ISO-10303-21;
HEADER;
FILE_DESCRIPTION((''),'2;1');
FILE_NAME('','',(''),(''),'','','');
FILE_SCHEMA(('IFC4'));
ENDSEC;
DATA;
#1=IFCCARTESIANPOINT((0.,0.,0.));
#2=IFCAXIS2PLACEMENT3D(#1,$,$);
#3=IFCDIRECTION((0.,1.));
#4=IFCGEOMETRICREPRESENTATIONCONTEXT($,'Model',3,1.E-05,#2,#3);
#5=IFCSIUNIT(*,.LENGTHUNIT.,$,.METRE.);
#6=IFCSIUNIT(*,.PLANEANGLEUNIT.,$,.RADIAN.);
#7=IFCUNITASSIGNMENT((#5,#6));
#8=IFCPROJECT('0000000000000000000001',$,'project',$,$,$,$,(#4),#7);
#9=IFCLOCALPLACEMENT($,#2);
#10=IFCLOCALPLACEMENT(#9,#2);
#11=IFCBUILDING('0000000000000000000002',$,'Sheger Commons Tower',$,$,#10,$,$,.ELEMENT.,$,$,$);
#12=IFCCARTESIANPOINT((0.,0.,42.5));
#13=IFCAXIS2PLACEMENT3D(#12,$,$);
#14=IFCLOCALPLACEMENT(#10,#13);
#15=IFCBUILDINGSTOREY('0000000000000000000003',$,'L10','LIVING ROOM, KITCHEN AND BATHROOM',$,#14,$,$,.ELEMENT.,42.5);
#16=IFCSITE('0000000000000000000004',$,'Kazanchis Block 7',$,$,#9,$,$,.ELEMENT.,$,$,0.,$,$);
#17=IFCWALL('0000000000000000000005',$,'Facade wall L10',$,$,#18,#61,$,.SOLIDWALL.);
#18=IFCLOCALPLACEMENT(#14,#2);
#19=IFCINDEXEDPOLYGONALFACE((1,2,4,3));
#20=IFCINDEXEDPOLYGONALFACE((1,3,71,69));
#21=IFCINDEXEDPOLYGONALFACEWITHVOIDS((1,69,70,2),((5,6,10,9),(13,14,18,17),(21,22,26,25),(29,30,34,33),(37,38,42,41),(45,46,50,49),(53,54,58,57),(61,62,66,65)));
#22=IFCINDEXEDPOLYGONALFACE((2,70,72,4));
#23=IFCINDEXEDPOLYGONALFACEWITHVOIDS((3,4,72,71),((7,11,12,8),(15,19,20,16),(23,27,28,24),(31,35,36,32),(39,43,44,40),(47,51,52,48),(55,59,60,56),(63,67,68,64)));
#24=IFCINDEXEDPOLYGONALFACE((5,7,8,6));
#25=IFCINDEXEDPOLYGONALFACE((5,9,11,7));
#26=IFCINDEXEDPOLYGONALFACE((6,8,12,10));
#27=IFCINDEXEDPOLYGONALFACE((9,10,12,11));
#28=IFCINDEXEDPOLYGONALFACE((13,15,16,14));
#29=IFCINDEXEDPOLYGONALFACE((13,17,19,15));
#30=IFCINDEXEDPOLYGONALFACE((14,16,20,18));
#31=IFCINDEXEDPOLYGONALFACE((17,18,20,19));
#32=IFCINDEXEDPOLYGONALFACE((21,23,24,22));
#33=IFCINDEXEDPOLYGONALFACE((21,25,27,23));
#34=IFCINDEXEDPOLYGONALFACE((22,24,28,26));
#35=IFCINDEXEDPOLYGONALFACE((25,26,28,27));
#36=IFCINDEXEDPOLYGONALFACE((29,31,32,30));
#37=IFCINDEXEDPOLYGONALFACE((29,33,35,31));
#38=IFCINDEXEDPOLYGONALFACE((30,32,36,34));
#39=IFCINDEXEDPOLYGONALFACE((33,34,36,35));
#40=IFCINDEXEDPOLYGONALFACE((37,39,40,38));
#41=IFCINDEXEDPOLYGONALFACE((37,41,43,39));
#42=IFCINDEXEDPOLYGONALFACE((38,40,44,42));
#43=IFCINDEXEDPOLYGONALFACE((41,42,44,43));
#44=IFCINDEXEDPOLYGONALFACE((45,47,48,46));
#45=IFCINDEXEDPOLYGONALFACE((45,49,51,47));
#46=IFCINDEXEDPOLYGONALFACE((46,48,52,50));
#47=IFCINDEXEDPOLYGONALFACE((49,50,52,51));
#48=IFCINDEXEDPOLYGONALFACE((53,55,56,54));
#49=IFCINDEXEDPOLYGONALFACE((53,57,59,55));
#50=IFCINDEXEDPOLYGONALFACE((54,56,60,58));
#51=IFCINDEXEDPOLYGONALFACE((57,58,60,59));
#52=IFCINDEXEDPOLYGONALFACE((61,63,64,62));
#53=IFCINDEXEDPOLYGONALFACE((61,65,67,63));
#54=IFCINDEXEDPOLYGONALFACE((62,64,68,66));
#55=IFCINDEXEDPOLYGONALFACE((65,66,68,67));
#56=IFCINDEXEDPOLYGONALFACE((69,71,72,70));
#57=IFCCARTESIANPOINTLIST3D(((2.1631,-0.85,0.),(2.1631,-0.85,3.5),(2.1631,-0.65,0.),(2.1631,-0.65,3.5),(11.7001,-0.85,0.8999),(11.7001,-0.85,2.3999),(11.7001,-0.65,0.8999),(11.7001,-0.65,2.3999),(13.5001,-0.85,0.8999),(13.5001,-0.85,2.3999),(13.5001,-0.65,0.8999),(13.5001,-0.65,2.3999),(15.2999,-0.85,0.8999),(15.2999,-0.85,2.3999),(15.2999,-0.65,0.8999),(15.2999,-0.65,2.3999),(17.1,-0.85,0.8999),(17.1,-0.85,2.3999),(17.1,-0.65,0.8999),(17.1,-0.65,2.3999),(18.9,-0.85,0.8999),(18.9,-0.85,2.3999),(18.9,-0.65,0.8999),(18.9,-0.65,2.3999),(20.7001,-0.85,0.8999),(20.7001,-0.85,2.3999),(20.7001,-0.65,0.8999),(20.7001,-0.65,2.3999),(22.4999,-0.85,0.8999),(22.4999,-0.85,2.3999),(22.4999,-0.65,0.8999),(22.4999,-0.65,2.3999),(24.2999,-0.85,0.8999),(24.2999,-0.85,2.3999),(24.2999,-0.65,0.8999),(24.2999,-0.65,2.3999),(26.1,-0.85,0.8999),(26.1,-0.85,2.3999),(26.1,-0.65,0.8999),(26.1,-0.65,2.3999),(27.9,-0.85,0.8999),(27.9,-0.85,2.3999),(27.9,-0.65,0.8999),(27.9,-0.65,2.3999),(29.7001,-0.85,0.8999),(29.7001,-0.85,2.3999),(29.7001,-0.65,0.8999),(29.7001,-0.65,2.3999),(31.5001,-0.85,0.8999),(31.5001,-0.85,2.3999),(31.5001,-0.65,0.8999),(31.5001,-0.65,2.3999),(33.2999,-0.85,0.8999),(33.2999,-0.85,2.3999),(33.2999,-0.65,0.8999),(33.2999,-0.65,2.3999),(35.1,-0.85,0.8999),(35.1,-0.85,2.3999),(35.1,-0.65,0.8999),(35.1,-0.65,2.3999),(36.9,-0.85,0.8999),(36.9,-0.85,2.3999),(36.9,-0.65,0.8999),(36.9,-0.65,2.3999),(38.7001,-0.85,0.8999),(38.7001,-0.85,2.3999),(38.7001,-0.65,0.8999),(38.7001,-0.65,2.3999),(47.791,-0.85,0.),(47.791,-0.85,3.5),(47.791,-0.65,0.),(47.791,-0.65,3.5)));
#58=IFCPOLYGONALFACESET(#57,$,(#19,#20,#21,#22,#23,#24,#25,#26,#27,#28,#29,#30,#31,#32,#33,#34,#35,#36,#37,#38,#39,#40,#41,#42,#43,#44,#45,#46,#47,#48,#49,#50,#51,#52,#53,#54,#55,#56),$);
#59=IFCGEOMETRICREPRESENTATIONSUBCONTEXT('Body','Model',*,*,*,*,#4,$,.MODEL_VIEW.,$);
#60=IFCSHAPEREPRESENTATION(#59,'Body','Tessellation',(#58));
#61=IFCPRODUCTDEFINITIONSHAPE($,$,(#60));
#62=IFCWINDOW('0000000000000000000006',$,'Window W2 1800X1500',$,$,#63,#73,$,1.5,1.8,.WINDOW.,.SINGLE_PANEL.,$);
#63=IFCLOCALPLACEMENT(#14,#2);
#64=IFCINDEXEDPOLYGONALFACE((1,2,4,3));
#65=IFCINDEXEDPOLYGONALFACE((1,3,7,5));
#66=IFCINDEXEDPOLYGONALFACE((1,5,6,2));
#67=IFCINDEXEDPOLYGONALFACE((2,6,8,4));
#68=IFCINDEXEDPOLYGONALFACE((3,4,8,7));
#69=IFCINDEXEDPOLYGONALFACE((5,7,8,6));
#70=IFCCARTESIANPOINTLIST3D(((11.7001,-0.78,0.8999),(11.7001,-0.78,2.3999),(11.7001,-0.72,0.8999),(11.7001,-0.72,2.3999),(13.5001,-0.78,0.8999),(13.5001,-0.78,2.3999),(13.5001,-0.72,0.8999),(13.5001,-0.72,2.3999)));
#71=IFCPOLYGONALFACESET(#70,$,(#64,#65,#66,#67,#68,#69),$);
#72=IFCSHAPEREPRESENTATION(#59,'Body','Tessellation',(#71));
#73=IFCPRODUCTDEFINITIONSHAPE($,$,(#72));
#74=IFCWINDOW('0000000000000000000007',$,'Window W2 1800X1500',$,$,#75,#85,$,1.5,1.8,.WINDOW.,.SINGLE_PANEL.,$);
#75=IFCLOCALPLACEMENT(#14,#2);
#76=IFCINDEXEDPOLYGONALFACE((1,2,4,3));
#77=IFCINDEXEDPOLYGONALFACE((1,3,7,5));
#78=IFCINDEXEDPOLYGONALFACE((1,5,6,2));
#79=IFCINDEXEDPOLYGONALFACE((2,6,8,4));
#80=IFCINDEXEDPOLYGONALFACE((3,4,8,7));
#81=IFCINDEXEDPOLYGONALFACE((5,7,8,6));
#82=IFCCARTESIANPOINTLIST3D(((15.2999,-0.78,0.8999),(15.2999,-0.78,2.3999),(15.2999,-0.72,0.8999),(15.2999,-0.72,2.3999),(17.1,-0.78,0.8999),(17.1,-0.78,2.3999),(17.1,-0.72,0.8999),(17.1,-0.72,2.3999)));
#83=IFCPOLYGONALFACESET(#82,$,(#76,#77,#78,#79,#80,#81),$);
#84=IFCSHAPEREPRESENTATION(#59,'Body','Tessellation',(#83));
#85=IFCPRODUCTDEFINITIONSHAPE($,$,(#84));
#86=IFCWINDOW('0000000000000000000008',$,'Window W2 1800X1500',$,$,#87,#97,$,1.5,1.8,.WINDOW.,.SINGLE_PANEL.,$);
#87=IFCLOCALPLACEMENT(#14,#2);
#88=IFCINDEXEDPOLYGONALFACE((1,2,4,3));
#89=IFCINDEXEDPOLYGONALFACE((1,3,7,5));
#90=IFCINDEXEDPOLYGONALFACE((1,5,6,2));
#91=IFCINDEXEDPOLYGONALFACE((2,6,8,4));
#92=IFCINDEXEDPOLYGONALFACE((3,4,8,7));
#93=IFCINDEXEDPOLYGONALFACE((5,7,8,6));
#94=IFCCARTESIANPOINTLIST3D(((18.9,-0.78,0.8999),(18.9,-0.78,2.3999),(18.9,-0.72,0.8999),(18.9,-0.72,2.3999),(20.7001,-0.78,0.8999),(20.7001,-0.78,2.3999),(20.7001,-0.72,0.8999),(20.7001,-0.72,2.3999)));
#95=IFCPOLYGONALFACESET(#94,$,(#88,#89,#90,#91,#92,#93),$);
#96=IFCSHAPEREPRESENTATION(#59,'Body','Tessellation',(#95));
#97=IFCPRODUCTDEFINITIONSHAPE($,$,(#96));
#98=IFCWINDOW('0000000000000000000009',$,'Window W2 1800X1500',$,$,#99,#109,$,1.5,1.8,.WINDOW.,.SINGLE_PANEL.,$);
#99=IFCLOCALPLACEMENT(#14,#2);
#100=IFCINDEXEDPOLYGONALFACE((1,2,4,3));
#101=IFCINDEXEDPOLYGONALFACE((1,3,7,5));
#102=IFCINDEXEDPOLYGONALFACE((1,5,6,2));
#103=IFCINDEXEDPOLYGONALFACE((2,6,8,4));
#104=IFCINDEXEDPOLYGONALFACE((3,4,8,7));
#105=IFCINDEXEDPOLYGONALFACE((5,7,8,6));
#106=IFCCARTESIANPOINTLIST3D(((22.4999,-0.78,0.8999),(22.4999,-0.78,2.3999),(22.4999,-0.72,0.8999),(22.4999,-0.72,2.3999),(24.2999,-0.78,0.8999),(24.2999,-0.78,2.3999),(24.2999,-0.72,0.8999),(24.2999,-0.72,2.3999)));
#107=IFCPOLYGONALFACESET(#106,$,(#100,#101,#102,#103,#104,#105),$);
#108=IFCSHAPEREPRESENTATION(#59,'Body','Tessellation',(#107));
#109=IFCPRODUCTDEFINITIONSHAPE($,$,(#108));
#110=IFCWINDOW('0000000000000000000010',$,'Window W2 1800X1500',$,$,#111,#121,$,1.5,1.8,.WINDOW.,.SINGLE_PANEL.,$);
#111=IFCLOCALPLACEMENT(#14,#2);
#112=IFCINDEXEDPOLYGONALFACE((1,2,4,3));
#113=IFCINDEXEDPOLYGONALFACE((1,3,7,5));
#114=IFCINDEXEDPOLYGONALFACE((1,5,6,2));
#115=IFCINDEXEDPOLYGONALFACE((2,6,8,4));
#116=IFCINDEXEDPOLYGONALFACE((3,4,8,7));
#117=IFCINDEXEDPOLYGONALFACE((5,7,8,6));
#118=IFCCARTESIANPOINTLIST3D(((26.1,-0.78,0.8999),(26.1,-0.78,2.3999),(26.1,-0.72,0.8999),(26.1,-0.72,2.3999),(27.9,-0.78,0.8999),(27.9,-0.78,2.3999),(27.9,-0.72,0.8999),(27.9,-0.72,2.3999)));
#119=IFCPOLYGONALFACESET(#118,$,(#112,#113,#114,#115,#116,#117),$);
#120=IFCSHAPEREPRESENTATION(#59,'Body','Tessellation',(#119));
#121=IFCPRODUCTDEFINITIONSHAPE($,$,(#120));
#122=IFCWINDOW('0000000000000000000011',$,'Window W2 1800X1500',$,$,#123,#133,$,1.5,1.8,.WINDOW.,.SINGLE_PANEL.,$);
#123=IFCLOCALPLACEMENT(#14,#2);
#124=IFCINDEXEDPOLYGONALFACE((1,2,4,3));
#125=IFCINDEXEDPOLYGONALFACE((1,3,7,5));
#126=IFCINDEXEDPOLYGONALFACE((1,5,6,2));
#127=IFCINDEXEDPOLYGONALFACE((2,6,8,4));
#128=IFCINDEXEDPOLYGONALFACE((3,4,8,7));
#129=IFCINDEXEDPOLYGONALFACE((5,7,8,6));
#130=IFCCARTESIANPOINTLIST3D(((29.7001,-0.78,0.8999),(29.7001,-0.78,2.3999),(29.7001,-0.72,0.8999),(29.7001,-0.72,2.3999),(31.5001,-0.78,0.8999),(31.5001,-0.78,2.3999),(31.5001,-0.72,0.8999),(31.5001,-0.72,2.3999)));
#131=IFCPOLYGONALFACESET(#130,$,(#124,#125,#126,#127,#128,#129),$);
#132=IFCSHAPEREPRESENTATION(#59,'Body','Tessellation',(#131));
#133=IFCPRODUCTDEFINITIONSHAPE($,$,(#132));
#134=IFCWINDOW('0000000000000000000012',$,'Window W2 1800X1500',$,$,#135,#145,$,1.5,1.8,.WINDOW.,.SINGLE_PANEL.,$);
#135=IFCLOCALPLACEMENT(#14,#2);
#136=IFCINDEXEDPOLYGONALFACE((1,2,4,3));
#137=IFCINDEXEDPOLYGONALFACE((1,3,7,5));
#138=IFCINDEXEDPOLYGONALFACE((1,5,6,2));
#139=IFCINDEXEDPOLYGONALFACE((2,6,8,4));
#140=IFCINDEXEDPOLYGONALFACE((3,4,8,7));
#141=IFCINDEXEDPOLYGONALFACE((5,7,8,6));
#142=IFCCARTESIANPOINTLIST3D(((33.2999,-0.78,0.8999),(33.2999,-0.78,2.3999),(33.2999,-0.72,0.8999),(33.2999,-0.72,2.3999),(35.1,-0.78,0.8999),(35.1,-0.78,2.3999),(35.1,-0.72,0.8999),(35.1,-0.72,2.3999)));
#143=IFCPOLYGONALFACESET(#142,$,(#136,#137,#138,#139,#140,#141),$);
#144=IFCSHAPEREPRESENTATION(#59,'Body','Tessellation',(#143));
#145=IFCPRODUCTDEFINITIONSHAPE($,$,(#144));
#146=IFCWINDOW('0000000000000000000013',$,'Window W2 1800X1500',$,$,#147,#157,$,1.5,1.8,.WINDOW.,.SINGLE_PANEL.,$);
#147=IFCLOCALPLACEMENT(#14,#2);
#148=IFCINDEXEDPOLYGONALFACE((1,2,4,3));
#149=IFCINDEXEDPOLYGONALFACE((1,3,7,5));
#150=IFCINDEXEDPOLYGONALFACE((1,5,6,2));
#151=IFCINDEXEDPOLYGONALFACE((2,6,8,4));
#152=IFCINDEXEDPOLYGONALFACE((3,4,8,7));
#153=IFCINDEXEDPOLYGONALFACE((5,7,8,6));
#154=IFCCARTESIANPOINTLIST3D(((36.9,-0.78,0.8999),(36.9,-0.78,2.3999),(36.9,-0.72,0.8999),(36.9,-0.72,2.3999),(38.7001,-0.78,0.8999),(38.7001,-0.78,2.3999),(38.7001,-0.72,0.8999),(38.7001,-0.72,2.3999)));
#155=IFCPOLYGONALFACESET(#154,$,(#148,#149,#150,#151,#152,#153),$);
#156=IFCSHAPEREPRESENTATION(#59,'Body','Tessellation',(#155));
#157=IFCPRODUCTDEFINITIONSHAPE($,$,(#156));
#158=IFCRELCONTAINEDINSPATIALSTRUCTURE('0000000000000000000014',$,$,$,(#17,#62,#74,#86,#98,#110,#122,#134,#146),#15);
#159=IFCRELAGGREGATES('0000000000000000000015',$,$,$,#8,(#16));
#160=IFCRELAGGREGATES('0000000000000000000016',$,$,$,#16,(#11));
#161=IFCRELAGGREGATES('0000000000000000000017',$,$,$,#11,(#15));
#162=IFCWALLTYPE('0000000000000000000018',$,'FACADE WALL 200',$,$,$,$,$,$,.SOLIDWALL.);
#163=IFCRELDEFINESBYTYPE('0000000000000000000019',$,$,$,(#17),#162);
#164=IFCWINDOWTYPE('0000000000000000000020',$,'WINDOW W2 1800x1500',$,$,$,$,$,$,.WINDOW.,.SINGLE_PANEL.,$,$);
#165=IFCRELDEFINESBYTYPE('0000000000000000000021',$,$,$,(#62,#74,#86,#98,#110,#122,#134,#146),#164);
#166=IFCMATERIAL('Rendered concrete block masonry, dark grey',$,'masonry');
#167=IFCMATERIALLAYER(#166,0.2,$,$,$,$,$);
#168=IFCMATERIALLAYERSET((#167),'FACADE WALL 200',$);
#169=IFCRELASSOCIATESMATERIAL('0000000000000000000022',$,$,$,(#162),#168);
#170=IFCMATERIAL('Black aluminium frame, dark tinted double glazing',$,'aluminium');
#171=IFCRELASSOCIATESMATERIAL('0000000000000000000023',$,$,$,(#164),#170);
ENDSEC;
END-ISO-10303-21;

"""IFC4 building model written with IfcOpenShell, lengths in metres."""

from ifc_helpers import new_model, si_unit, direction, frame, frame_2d, origin, place, context, subcontext, project, spatial, rectangle, extrude, material, layer, layer_set, type_object, element, fill, save


model = new_model("IFC4")

# Units and contexts
model_context = context("Model", 3, precision=1e-05, world=origin(), true_north=direction((0.0, 1.0)))
body_context = subcontext(model_context, "Body", "Model", "MODEL_VIEW")
ifc_project = project(units=[si_unit("LENGTHUNIT", "METRE"), si_unit("PLANEANGLEUNIT", "RADIAN")], contexts=[model_context])

# Site, building, storey
site_placement = place(None, origin())
site = spatial("IfcSite", under=ifc_project, at=site_placement, Name="Kazanchis Block 7", CompositionType="ELEMENT", RefElevation=0.0)
building_placement = place(site_placement, origin())
building = spatial("IfcBuilding", under=site, at=building_placement, Name="Sheger Commons Tower", CompositionType="ELEMENT")
storey_placement = place(building_placement, frame((0.0, 0.0, 42.5)))
storey = spatial("IfcBuildingStorey", under=building, at=storey_placement, Name="L10", Description="LIVING ROOM, KITCHEN AND BATHROOM", CompositionType="ELEMENT", Elevation=42.5)

# Wall, openings, windows
ifc_material_1 = material(Name="Rendered concrete block masonry, dark grey", Category="masonry")
ifc_layer_1 = layer(ifc_material_1, 0.2)
ifc_layer_set_1 = layer_set([ifc_layer_1], Name="FACADE WALL 200")
wall_type_1 = type_object("IfcWallType", Name="FACADE WALL 200", PredefinedType="SOLIDWALL", material=ifc_layer_set_1)
wall_1_placement = place(storey_placement, frame((2.1631, -0.75, 0.0), z_axis=(0.0, 0.0, 1.0), x_axis=(1.0, 0.0, 0.0)))
wall_1 = element("IfcWall", 1, at=wall_1_placement, inside=storey, type_object=wall_type_1, Name="Facade wall L10", PredefinedType="SOLIDWALL", context=body_context, shape_type="SweptSolid", body=[
    extrude(rectangle(XDim=45.6279, YDim=0.2, at=frame_2d((22.814, 0.0))), origin(), (0.0, 0.0, 1.0), 3.5),
])
opening_1_placement = place(wall_1_placement, frame((9.5371, 0.0, 0.8999)))
opening_1 = element("IfcOpeningElement", 2, at=opening_1_placement, cuts=wall_1, PredefinedType="OPENING", context=body_context, shape_type="SweptSolid", body=[
    extrude(rectangle(XDim=1.8, YDim=1.5, at=frame_2d((0.8999, 0.75))), frame((0.0, 0.1099, 0.0), z_axis=(0.0, -1.0, 0.0), x_axis=(1.0, 0.0, 0.0)), (0.0, 0.0, 1.0), 0.22),
])
opening_2_placement = place(wall_1_placement, frame((13.137, 0.0, 0.8999)))
opening_2 = element("IfcOpeningElement", 3, at=opening_2_placement, cuts=wall_1, PredefinedType="OPENING", context=body_context, shape_type="SweptSolid", body=[
    extrude(rectangle(XDim=1.8, YDim=1.5, at=frame_2d((0.8999, 0.75))), frame((0.0, 0.1099, 0.0), z_axis=(0.0, -1.0, 0.0), x_axis=(1.0, 0.0, 0.0)), (0.0, 0.0, 1.0), 0.22),
])
opening_3_placement = place(wall_1_placement, frame((16.7371, 0.0, 0.8999)))
opening_3 = element("IfcOpeningElement", 4, at=opening_3_placement, cuts=wall_1, PredefinedType="OPENING", context=body_context, shape_type="SweptSolid", body=[
    extrude(rectangle(XDim=1.8, YDim=1.5, at=frame_2d((0.8999, 0.75))), frame((0.0, 0.1099, 0.0), z_axis=(0.0, -1.0, 0.0), x_axis=(1.0, 0.0, 0.0)), (0.0, 0.0, 1.0), 0.22),
])
opening_4_placement = place(wall_1_placement, frame((20.3369, 0.0, 0.8999)))
opening_4 = element("IfcOpeningElement", 5, at=opening_4_placement, cuts=wall_1, PredefinedType="OPENING", context=body_context, shape_type="SweptSolid", body=[
    extrude(rectangle(XDim=1.8, YDim=1.5, at=frame_2d((0.8999, 0.75))), frame((0.0, 0.1099, 0.0), z_axis=(0.0, -1.0, 0.0), x_axis=(1.0, 0.0, 0.0)), (0.0, 0.0, 1.0), 0.22),
])
opening_5_placement = place(wall_1_placement, frame((23.937, 0.0, 0.8999)))
opening_5 = element("IfcOpeningElement", 6, at=opening_5_placement, cuts=wall_1, PredefinedType="OPENING", context=body_context, shape_type="SweptSolid", body=[
    extrude(rectangle(XDim=1.8, YDim=1.5, at=frame_2d((0.8999, 0.75))), frame((0.0, 0.1099, 0.0), z_axis=(0.0, -1.0, 0.0), x_axis=(1.0, 0.0, 0.0)), (0.0, 0.0, 1.0), 0.22),
])
opening_6_placement = place(wall_1_placement, frame((27.5371, 0.0, 0.8999)))
opening_6 = element("IfcOpeningElement", 7, at=opening_6_placement, cuts=wall_1, PredefinedType="OPENING", context=body_context, shape_type="SweptSolid", body=[
    extrude(rectangle(XDim=1.8, YDim=1.5, at=frame_2d((0.8999, 0.75))), frame((0.0, 0.1099, 0.0), z_axis=(0.0, -1.0, 0.0), x_axis=(1.0, 0.0, 0.0)), (0.0, 0.0, 1.0), 0.22),
])
opening_7_placement = place(wall_1_placement, frame((31.137, 0.0, 0.8999)))
opening_7 = element("IfcOpeningElement", 8, at=opening_7_placement, cuts=wall_1, PredefinedType="OPENING", context=body_context, shape_type="SweptSolid", body=[
    extrude(rectangle(XDim=1.8, YDim=1.5, at=frame_2d((0.8999, 0.75))), frame((0.0, 0.1099, 0.0), z_axis=(0.0, -1.0, 0.0), x_axis=(1.0, 0.0, 0.0)), (0.0, 0.0, 1.0), 0.22),
])
opening_8_placement = place(wall_1_placement, frame((34.7371, 0.0, 0.8999)))
opening_8 = element("IfcOpeningElement", 9, at=opening_8_placement, cuts=wall_1, PredefinedType="OPENING", context=body_context, shape_type="SweptSolid", body=[
    extrude(rectangle(XDim=1.8, YDim=1.5, at=frame_2d((0.8999, 0.75))), frame((0.0, 0.1099, 0.0), z_axis=(0.0, -1.0, 0.0), x_axis=(1.0, 0.0, 0.0)), (0.0, 0.0, 1.0), 0.22),
])
ifc_material_2 = material(Name="Black aluminium frame, dark tinted double glazing", Category="aluminium")
window_type = type_object("IfcWindowType", Name="WINDOW W2 1800x1500", PartitioningType="SINGLE_PANEL", PredefinedType="WINDOW", material=ifc_material_2)
window_1_placement = place(opening_1_placement, origin())
window_1 = element("IfcWindow", 10, at=window_1_placement, inside=storey, type_object=window_type, Name="Window W2 1800X1500", OverallHeight=1.5, OverallWidth=1.8, PartitioningType="SINGLE_PANEL", PredefinedType="WINDOW", context=body_context, shape_type="SweptSolid", body=[
    extrude(rectangle(XDim=1.8, YDim=1.5, at=frame_2d((0.8999, 0.75))), frame((0.0, 0.03, 0.0), z_axis=(0.0, -1.0, 0.0), x_axis=(1.0, 0.0, 0.0)), (0.0, 0.0, 1.0), 0.0601),
])
fill(opening_1, window_1)
window_2_placement = place(opening_2_placement, origin())
window_2 = element("IfcWindow", 11, at=window_2_placement, inside=storey, type_object=window_type, Name="Window W2 1800X1500", OverallHeight=1.5, OverallWidth=1.8, PartitioningType="SINGLE_PANEL", PredefinedType="WINDOW", context=body_context, shape_type="SweptSolid", body=[
    extrude(rectangle(XDim=1.8, YDim=1.5, at=frame_2d((0.8999, 0.75))), frame((0.0, 0.03, 0.0), z_axis=(0.0, -1.0, 0.0), x_axis=(1.0, 0.0, 0.0)), (0.0, 0.0, 1.0), 0.0601),
])
fill(opening_2, window_2)
window_3_placement = place(opening_3_placement, origin())
window_3 = element("IfcWindow", 12, at=window_3_placement, inside=storey, type_object=window_type, Name="Window W2 1800X1500", OverallHeight=1.5, OverallWidth=1.8, PartitioningType="SINGLE_PANEL", PredefinedType="WINDOW", context=body_context, shape_type="SweptSolid", body=[
    extrude(rectangle(XDim=1.8, YDim=1.5, at=frame_2d((0.8999, 0.75))), frame((0.0, 0.03, 0.0), z_axis=(0.0, -1.0, 0.0), x_axis=(1.0, 0.0, 0.0)), (0.0, 0.0, 1.0), 0.0601),
])
fill(opening_3, window_3)
window_4_placement = place(opening_4_placement, origin())
window_4 = element("IfcWindow", 13, at=window_4_placement, inside=storey, type_object=window_type, Name="Window W2 1800X1500", OverallHeight=1.5, OverallWidth=1.8, PartitioningType="SINGLE_PANEL", PredefinedType="WINDOW", context=body_context, shape_type="SweptSolid", body=[
    extrude(rectangle(XDim=1.8, YDim=1.5, at=frame_2d((0.8999, 0.75))), frame((0.0, 0.03, 0.0), z_axis=(0.0, -1.0, 0.0), x_axis=(1.0, 0.0, 0.0)), (0.0, 0.0, 1.0), 0.0601),
])
fill(opening_4, window_4)
window_5_placement = place(opening_5_placement, origin())
window_5 = element("IfcWindow", 14, at=window_5_placement, inside=storey, type_object=window_type, Name="Window W2 1800X1500", OverallHeight=1.5, OverallWidth=1.8, PartitioningType="SINGLE_PANEL", PredefinedType="WINDOW", context=body_context, shape_type="SweptSolid", body=[
    extrude(rectangle(XDim=1.8, YDim=1.5, at=frame_2d((0.8999, 0.75))), frame((0.0, 0.03, 0.0), z_axis=(0.0, -1.0, 0.0), x_axis=(1.0, 0.0, 0.0)), (0.0, 0.0, 1.0), 0.0601),
])
fill(opening_5, window_5)
window_6_placement = place(opening_6_placement, origin())
window_6 = element("IfcWindow", 15, at=window_6_placement, inside=storey, type_object=window_type, Name="Window W2 1800X1500", OverallHeight=1.5, OverallWidth=1.8, PartitioningType="SINGLE_PANEL", PredefinedType="WINDOW", context=body_context, shape_type="SweptSolid", body=[
    extrude(rectangle(XDim=1.8, YDim=1.5, at=frame_2d((0.8999, 0.75))), frame((0.0, 0.03, 0.0), z_axis=(0.0, -1.0, 0.0), x_axis=(1.0, 0.0, 0.0)), (0.0, 0.0, 1.0), 0.0601),
])
fill(opening_6, window_6)
window_7_placement = place(opening_7_placement, origin())
window_7 = element("IfcWindow", 16, at=window_7_placement, inside=storey, type_object=window_type, Name="Window W2 1800X1500", OverallHeight=1.5, OverallWidth=1.8, PartitioningType="SINGLE_PANEL", PredefinedType="WINDOW", context=body_context, shape_type="SweptSolid", body=[
    extrude(rectangle(XDim=1.8, YDim=1.5, at=frame_2d((0.8999, 0.75))), frame((0.0, 0.03, 0.0), z_axis=(0.0, -1.0, 0.0), x_axis=(1.0, 0.0, 0.0)), (0.0, 0.0, 1.0), 0.0601),
])
fill(opening_7, window_7)
window_8_placement = place(opening_8_placement, origin())
window_8 = element("IfcWindow", 17, at=window_8_placement, inside=storey, type_object=window_type, Name="Window W2 1800X1500", OverallHeight=1.5, OverallWidth=1.8, PartitioningType="SINGLE_PANEL", PredefinedType="WINDOW", context=body_context, shape_type="SweptSolid", body=[
    extrude(rectangle(XDim=1.8, YDim=1.5, at=frame_2d((0.8999, 0.75))), frame((0.0, 0.03, 0.0), z_axis=(0.0, -1.0, 0.0), x_axis=(1.0, 0.0, 0.0)), (0.0, 0.0, 1.0), 0.0601),
])
fill(opening_8, window_8)

save(model, "model.ifc")
